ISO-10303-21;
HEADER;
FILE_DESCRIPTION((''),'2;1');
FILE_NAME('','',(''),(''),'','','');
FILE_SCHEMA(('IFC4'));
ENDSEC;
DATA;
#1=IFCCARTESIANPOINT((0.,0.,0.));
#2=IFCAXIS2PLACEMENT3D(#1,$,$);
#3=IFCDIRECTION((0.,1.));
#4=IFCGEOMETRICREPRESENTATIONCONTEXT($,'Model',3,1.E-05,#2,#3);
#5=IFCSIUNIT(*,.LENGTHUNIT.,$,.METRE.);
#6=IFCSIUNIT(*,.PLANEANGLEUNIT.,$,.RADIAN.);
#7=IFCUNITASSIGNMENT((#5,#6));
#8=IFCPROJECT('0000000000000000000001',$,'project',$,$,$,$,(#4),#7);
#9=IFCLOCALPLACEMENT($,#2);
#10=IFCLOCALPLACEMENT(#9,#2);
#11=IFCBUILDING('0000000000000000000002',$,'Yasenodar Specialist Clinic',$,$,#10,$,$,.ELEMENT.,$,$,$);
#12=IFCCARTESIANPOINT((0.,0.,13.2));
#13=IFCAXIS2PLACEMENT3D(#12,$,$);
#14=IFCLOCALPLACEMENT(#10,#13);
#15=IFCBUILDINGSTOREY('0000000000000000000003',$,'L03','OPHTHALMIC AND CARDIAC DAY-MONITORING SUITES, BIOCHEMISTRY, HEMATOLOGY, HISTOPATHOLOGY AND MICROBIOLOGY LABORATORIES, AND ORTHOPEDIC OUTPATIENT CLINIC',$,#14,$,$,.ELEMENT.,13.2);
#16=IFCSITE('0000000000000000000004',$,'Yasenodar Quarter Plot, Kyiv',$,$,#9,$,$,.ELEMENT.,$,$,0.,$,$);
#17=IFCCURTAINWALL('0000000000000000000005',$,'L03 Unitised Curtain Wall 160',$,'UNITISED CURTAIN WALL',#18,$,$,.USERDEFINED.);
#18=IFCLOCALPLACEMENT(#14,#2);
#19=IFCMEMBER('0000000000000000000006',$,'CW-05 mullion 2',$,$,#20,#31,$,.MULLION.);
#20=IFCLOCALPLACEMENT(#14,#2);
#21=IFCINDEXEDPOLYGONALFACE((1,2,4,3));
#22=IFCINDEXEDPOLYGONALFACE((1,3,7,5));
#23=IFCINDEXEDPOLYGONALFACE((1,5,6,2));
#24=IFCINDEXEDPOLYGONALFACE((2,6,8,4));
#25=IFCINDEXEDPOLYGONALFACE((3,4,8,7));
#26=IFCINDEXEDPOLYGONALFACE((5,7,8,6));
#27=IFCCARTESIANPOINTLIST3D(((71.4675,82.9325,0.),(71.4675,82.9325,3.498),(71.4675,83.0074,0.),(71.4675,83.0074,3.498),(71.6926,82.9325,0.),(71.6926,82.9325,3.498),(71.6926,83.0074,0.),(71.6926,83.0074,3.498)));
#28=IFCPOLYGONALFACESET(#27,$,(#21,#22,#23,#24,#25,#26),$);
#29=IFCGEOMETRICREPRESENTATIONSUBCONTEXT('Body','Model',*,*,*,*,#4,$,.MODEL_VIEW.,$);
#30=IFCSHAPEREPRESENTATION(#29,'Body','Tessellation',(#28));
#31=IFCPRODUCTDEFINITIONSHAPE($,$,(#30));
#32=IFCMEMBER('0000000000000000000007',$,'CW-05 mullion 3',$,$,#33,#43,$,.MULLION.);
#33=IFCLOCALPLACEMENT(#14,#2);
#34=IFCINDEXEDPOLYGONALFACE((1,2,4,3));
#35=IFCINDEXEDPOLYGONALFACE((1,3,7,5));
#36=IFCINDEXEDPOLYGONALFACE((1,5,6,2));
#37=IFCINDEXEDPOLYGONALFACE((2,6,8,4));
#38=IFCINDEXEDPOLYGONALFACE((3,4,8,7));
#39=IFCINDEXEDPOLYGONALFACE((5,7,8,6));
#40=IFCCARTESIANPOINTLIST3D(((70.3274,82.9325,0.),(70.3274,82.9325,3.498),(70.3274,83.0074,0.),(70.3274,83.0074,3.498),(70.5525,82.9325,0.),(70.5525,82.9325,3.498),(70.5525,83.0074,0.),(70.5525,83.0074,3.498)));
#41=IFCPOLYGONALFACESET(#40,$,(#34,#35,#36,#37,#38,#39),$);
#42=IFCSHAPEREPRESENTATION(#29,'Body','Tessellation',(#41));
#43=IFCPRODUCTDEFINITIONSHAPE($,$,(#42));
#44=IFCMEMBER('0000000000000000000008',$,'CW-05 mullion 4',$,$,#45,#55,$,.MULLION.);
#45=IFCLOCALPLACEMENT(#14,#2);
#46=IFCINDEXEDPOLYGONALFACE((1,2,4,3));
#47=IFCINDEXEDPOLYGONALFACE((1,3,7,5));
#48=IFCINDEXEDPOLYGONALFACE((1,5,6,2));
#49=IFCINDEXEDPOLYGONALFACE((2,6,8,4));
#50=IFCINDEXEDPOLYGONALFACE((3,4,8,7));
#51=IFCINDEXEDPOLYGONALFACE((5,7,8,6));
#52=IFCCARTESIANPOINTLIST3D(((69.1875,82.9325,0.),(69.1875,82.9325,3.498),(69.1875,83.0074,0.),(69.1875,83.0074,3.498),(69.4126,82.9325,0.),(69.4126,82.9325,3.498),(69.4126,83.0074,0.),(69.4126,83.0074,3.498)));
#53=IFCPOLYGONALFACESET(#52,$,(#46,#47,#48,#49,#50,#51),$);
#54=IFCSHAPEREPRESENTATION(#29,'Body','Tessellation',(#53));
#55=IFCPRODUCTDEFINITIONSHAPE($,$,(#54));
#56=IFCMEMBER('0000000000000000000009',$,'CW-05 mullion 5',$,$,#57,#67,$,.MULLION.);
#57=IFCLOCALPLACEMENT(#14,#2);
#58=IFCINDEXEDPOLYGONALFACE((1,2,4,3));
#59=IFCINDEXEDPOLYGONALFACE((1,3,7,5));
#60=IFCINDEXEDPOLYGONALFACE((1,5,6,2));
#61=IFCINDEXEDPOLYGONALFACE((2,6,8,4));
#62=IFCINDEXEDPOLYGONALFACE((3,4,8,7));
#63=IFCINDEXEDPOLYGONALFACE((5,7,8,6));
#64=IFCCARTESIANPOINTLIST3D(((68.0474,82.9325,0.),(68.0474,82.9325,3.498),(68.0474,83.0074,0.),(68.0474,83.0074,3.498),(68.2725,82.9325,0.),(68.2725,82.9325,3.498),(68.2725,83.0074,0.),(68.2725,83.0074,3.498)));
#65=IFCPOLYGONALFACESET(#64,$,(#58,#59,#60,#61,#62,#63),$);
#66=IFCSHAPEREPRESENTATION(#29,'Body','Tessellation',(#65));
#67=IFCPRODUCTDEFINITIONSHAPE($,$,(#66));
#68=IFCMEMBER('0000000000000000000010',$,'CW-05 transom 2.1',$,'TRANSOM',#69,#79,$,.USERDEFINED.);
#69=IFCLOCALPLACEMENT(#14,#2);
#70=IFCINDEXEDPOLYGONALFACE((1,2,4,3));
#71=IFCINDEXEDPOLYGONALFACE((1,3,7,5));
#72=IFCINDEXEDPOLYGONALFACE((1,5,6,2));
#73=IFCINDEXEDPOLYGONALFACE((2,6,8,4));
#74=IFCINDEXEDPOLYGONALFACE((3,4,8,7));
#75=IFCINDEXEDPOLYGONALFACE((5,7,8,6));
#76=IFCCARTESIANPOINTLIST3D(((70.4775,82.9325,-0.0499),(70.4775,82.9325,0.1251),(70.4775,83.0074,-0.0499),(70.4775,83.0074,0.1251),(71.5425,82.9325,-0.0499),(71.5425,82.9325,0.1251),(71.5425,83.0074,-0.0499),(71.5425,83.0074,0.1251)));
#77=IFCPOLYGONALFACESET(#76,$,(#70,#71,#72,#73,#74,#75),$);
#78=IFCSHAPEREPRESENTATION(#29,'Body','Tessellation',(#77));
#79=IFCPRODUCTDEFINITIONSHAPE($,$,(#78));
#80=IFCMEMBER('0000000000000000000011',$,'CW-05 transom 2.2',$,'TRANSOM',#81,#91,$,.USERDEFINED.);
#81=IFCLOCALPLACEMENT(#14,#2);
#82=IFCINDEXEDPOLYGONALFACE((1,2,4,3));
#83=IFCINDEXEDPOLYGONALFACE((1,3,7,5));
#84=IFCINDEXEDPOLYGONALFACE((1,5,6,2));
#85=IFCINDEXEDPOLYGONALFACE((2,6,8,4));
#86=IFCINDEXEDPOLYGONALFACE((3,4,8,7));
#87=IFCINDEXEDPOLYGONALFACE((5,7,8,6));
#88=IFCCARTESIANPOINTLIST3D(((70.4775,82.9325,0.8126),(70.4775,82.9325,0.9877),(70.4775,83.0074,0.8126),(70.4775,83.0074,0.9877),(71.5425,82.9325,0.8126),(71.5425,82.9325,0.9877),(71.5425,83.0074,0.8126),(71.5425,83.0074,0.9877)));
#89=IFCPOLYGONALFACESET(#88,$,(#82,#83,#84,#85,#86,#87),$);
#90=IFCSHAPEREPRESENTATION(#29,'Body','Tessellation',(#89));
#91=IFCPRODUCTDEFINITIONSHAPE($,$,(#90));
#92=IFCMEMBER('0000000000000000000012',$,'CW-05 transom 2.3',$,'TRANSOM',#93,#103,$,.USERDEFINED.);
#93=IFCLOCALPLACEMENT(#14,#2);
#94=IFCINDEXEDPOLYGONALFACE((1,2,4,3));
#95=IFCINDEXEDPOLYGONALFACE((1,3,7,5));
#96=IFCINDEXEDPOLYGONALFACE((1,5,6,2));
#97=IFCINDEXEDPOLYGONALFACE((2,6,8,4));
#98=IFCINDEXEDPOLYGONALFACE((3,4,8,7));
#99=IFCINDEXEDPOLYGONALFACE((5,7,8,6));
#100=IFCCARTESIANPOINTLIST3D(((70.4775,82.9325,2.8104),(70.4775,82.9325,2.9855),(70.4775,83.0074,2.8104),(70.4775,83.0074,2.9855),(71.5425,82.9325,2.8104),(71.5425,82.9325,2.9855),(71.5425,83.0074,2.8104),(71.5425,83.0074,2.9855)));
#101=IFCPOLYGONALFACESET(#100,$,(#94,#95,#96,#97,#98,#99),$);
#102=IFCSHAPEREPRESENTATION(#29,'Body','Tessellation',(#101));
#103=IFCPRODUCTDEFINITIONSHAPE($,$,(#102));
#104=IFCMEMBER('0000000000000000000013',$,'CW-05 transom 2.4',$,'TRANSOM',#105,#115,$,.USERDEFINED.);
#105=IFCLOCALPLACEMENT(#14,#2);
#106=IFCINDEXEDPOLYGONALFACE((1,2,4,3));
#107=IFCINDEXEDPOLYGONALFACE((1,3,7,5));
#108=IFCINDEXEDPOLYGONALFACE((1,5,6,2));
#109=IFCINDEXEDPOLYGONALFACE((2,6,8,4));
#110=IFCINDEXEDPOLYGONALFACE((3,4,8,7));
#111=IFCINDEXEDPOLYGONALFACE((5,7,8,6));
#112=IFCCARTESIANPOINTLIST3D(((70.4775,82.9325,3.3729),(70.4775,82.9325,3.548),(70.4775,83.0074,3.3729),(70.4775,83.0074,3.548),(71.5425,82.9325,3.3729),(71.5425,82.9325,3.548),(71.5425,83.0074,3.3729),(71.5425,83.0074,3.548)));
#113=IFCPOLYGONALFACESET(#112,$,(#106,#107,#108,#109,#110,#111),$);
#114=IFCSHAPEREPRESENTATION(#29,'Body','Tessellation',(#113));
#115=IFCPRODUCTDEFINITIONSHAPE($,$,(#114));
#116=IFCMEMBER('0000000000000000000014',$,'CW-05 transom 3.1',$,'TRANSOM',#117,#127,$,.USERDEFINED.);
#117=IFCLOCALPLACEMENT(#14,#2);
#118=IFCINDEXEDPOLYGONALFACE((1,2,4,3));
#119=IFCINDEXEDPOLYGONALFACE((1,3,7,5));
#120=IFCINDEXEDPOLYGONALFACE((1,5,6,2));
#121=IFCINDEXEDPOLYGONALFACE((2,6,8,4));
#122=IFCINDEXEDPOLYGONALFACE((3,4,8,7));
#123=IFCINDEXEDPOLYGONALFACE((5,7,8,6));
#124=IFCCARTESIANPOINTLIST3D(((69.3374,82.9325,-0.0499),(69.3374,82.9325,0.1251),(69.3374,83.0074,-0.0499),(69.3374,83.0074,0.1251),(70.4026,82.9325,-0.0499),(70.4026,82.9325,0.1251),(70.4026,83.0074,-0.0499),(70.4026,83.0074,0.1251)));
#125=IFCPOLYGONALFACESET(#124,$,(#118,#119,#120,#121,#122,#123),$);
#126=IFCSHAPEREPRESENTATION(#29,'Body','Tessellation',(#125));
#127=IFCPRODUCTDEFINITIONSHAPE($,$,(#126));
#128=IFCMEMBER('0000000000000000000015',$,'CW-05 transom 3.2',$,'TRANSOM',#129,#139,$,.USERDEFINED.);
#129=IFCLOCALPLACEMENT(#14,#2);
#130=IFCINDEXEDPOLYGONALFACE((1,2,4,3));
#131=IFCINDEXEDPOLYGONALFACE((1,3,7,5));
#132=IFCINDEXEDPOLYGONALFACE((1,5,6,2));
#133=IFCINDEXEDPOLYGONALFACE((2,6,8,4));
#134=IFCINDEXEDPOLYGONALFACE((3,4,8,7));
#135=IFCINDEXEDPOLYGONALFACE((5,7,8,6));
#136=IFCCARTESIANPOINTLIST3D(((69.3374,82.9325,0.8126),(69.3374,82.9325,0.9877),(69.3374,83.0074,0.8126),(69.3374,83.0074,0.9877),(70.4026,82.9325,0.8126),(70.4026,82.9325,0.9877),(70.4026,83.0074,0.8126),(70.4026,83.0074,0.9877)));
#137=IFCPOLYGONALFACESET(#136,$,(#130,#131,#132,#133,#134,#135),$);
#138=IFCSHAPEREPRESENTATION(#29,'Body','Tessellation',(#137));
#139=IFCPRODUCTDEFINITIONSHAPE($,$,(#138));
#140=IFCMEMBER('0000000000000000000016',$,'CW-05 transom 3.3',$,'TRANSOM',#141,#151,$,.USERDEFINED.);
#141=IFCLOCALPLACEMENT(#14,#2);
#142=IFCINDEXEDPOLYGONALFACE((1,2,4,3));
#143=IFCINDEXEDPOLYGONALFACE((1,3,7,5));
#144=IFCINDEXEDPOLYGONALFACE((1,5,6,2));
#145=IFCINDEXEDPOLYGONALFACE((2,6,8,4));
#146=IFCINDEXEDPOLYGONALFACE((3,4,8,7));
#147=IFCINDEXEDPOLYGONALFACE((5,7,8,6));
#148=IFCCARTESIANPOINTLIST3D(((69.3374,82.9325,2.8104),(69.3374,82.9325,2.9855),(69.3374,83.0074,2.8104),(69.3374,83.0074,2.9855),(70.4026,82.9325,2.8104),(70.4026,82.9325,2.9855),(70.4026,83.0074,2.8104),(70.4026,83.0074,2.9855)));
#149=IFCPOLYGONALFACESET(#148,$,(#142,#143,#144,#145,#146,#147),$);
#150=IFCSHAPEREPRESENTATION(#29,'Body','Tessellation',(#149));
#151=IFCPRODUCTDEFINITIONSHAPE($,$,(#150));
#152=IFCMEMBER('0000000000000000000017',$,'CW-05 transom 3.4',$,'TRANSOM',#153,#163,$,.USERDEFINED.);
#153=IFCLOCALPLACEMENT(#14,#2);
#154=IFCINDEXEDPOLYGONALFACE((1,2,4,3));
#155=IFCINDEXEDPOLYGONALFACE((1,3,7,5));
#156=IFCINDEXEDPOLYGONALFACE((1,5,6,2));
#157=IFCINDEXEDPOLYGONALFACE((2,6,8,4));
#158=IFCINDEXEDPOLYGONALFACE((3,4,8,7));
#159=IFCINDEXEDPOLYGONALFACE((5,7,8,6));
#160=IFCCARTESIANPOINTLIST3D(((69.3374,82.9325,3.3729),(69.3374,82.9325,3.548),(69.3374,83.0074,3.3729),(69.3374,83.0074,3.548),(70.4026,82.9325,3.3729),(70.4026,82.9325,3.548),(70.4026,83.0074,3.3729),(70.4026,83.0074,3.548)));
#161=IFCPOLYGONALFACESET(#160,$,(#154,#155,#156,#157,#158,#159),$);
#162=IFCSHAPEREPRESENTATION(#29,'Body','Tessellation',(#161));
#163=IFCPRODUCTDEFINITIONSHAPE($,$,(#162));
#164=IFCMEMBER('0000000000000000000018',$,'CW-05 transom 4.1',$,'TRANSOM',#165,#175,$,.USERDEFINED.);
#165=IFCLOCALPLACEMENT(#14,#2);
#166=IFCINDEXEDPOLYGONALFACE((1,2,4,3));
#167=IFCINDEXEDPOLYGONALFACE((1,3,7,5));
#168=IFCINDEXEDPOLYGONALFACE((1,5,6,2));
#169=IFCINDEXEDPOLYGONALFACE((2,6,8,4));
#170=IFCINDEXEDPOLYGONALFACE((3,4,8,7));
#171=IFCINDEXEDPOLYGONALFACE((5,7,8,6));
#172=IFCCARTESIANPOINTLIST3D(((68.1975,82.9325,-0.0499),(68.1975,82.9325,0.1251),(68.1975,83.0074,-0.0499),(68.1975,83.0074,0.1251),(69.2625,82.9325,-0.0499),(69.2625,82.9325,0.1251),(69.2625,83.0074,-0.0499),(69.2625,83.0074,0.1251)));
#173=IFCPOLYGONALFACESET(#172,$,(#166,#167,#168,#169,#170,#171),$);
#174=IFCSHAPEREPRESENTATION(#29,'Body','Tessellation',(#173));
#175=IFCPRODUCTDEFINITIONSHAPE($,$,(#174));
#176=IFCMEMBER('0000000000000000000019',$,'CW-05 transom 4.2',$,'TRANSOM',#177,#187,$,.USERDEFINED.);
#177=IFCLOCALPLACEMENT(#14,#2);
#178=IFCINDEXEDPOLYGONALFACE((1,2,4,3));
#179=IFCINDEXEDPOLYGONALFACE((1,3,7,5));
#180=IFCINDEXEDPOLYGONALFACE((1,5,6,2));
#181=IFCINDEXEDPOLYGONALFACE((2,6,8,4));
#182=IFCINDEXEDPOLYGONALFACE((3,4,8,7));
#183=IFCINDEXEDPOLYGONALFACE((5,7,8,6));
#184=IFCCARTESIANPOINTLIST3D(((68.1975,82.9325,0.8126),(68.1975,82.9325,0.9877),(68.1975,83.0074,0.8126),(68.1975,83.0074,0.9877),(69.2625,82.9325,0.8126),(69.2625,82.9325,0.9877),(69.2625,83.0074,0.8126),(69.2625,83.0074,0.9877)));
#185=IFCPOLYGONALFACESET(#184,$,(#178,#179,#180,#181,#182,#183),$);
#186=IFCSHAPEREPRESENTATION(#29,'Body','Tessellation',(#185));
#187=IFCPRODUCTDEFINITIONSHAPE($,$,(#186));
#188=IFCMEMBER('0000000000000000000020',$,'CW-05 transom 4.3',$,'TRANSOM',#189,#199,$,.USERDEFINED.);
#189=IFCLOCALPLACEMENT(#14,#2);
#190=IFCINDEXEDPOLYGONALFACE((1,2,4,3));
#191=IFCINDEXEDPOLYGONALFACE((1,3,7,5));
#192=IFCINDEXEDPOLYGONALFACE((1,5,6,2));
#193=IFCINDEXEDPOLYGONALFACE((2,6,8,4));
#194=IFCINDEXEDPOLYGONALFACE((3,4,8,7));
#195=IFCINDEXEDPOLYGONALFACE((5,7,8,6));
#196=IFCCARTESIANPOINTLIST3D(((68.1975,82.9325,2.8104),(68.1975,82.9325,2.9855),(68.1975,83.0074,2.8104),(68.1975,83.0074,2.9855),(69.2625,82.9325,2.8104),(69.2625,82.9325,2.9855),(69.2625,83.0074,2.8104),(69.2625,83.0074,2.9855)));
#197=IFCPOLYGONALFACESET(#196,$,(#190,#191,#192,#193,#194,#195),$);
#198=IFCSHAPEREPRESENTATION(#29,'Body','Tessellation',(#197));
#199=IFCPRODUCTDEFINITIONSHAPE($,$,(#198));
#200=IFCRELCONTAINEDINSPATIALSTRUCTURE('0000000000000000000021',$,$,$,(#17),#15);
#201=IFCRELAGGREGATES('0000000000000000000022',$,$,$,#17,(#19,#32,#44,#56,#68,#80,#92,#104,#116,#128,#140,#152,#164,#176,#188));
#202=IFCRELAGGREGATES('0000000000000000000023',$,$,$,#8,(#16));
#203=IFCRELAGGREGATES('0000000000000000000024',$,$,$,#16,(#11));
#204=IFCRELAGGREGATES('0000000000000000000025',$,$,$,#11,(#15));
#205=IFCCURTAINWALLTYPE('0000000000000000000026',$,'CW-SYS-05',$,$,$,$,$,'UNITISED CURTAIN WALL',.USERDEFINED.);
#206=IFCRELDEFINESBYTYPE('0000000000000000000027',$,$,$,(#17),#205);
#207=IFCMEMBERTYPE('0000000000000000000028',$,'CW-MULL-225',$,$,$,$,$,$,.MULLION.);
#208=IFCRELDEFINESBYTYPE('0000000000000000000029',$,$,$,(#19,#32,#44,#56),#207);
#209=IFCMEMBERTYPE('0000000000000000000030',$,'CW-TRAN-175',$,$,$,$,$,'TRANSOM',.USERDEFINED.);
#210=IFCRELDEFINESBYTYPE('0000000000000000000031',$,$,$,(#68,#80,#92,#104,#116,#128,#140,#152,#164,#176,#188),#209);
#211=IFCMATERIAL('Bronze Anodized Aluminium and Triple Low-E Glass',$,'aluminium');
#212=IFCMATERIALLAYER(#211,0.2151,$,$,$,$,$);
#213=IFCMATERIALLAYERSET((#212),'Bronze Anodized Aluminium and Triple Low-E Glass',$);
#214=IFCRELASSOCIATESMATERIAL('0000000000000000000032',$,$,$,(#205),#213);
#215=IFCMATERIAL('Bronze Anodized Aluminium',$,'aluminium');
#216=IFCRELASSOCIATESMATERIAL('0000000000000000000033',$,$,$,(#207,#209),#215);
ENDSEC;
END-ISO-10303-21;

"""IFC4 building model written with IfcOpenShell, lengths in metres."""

from ifc_helpers import new_model, si_unit, direction, frame, origin, origin_2d, place, context, subcontext, project, spatial, rectangle, extrude, material, layer, layer_set, material_profile, profile_set, type_object, element, aggregate, save


model = new_model("IFC4")

# Units and contexts
model_context = context("Model", 3, precision=1e-05, world=origin(), true_north=direction((0.0, 1.0)))
body_context = subcontext(model_context, "Body", "Model", "MODEL_VIEW")
ifc_project = project(units=[si_unit("LENGTHUNIT", "METRE"), si_unit("PLANEANGLEUNIT", "RADIAN")], contexts=[model_context])

# Site, building, storey
site_placement = place(None, origin())
site = spatial("IfcSite", under=ifc_project, at=site_placement, Name="Yasenodar Quarter Plot, Kyiv", CompositionType="ELEMENT", RefElevation=0.0)
building_placement = place(site_placement, origin())
building = spatial("IfcBuilding", under=site, at=building_placement, Name="Yasenodar Specialist Clinic", CompositionType="ELEMENT")
storey_placement = place(building_placement, frame((0.0, 0.0, 13.2)))
storey = spatial("IfcBuildingStorey", under=building, at=storey_placement, Name="L03", Description="OPHTHALMIC AND CARDIAC DAY-MONITORING SUITES, BIOCHEMISTRY, HEMATOLOGY, HISTOPATHOLOGY AND MICROBIOLOGY LABORATORIES, AND ORTHOPEDIC OUTPATIENT CLINIC", CompositionType="ELEMENT", Elevation=13.2)

# Curtain wall, members
ifc_material_1 = material(Name="Bronze Anodized Aluminium and Triple Low-E Glass", Category="aluminium")
ifc_layer_1 = layer(ifc_material_1, 0.2151)
ifc_layer_set_1 = layer_set([ifc_layer_1], Name="Bronze Anodized Aluminium and Triple Low-E Glass")
curtain_wall_type = type_object("IfcCurtainWallType", Name="CW-SYS-05", ElementType="UNITISED CURTAIN WALL", PredefinedType="USERDEFINED", material=ifc_layer_set_1)
curtain_wall_placement = place(storey_placement, origin())
curtain_wall = element("IfcCurtainWall", 1, at=curtain_wall_placement, inside=storey, type_object=curtain_wall_type, Name="L03 Unitised Curtain Wall 160", ObjectType="UNITISED CURTAIN WALL", PredefinedType="USERDEFINED")
ifc_material_2 = material(Name="Bronze Anodized Aluminium", Category="aluminium")
ifc_material_profile_1 = material_profile(ifc_material_2, rectangle(XDim=0.075, YDim=0.2251, at=origin_2d()), Name="CW-MULL 75x225")
ifc_profile_set_1 = profile_set([ifc_material_profile_1], Name="Bronze Anodized Aluminium")
member_type_1 = type_object("IfcMemberType", Name="CW-MULL-225", PredefinedType="MULLION", material=ifc_profile_set_1)
member_1_placement = place(storey_placement, frame((71.5801, 82.97, 0.0), z_axis=(0.0, 0.0, 1.0), x_axis=(0.0, -1.0, 0.0)))
member_1 = element("IfcMember", 2, at=member_1_placement, type_object=member_type_1, Name="CW-05 mullion 2", PredefinedType="MULLION", context=body_context, shape_type="SweptSolid", body=[
    extrude(rectangle(XDim=0.075, YDim=0.2251, at=origin_2d()), origin(), (0.0, 0.0, 1.0), 3.498),
])
member_2_placement = place(storey_placement, frame((70.4399, 82.97, 0.0), z_axis=(0.0, 0.0, 1.0), x_axis=(0.0, -1.0, 0.0)))
member_2 = element("IfcMember", 3, at=member_2_placement, type_object=member_type_1, Name="CW-05 mullion 3", PredefinedType="MULLION", context=body_context, shape_type="SweptSolid", body=[
    extrude(rectangle(XDim=0.075, YDim=0.2251, at=origin_2d()), origin(), (0.0, 0.0, 1.0), 3.498),
])
member_3_placement = place(storey_placement, frame((69.3, 82.97, 0.0), z_axis=(0.0, 0.0, 1.0), x_axis=(0.0, -1.0, 0.0)))
member_3 = element("IfcMember", 4, at=member_3_placement, type_object=member_type_1, Name="CW-05 mullion 4", PredefinedType="MULLION", context=body_context, shape_type="SweptSolid", body=[
    extrude(rectangle(XDim=0.075, YDim=0.2251, at=origin_2d()), origin(), (0.0, 0.0, 1.0), 3.498),
])
member_4_placement = place(storey_placement, frame((68.1599, 82.97, 0.0), z_axis=(0.0, 0.0, 1.0), x_axis=(0.0, -1.0, 0.0)))
member_4 = element("IfcMember", 5, at=member_4_placement, type_object=member_type_1, Name="CW-05 mullion 5", PredefinedType="MULLION", context=body_context, shape_type="SweptSolid", body=[
    extrude(rectangle(XDim=0.075, YDim=0.2251, at=origin_2d()), origin(), (0.0, 0.0, 1.0), 3.498),
])
ifc_material_profile_2 = material_profile(ifc_material_2, rectangle(XDim=0.075, YDim=0.175, at=origin_2d()), Name="CW-TRAN 75x175")
ifc_profile_set_2 = profile_set([ifc_material_profile_2], Name="Bronze Anodized Aluminium")
member_type_2 = type_object("IfcMemberType", Name="CW-TRAN-175", ElementType="TRANSOM", PredefinedType="USERDEFINED", material=ifc_profile_set_2)
member_5_placement = place(storey_placement, frame((71.5425, 82.97, 0.0376), z_axis=(-1.0, 0.0, 0.0), x_axis=(0.0, -1.0, 0.0)))
member_5 = element("IfcMember", 6, at=member_5_placement, type_object=member_type_2, Name="CW-05 transom 2.1", ObjectType="TRANSOM", PredefinedType="USERDEFINED", context=body_context, shape_type="SweptSolid", body=[
    extrude(rectangle(XDim=0.075, YDim=0.175, at=origin_2d()), origin(), (0.0, 0.0, 1.0), 1.0649),
])
member_6_placement = place(storey_placement, frame((71.5425, 82.97, 0.9001), z_axis=(-1.0, 0.0, 0.0), x_axis=(0.0, -1.0, 0.0)))
member_6 = element("IfcMember", 7, at=member_6_placement, type_object=member_type_2, Name="CW-05 transom 2.2", ObjectType="TRANSOM", PredefinedType="USERDEFINED", context=body_context, shape_type="SweptSolid", body=[
    extrude(rectangle(XDim=0.075, YDim=0.175, at=origin_2d()), origin(), (0.0, 0.0, 1.0), 1.0649),
])
member_7_placement = place(storey_placement, frame((71.5425, 82.97, 2.8979), z_axis=(-1.0, 0.0, 0.0), x_axis=(0.0, -1.0, 0.0)))
member_7 = element("IfcMember", 8, at=member_7_placement, type_object=member_type_2, Name="CW-05 transom 2.3", ObjectType="TRANSOM", PredefinedType="USERDEFINED", context=body_context, shape_type="SweptSolid", body=[
    extrude(rectangle(XDim=0.075, YDim=0.175, at=origin_2d()), origin(), (0.0, 0.0, 1.0), 1.0649),
])
member_8_placement = place(storey_placement, frame((71.5425, 82.97, 3.4604), z_axis=(-1.0, 0.0, 0.0), x_axis=(0.0, -1.0, 0.0)))
member_8 = element("IfcMember", 9, at=member_8_placement, type_object=member_type_2, Name="CW-05 transom 2.4", ObjectType="TRANSOM", PredefinedType="USERDEFINED", context=body_context, shape_type="SweptSolid", body=[
    extrude(rectangle(XDim=0.075, YDim=0.175, at=origin_2d()), origin(), (0.0, 0.0, 1.0), 1.0649),
])
member_9_placement = place(storey_placement, frame((70.4026, 82.97, 0.0376), z_axis=(-1.0, 0.0, 0.0), x_axis=(0.0, -1.0, 0.0)))
member_9 = element("IfcMember", 10, at=member_9_placement, type_object=member_type_2, Name="CW-05 transom 3.1", ObjectType="TRANSOM", PredefinedType="USERDEFINED", context=body_context, shape_type="SweptSolid", body=[
    extrude(rectangle(XDim=0.075, YDim=0.175, at=origin_2d()), origin(), (0.0, 0.0, 1.0), 1.0652),
])
member_10_placement = place(storey_placement, frame((70.4026, 82.97, 0.9001), z_axis=(-1.0, 0.0, 0.0), x_axis=(0.0, -1.0, 0.0)))
member_10 = element("IfcMember", 11, at=member_10_placement, type_object=member_type_2, Name="CW-05 transom 3.2", ObjectType="TRANSOM", PredefinedType="USERDEFINED", context=body_context, shape_type="SweptSolid", body=[
    extrude(rectangle(XDim=0.075, YDim=0.175, at=origin_2d()), origin(), (0.0, 0.0, 1.0), 1.0652),
])
member_11_placement = place(storey_placement, frame((70.4026, 82.97, 2.8979), z_axis=(-1.0, 0.0, 0.0), x_axis=(0.0, -1.0, 0.0)))
member_11 = element("IfcMember", 12, at=member_11_placement, type_object=member_type_2, Name="CW-05 transom 3.3", ObjectType="TRANSOM", PredefinedType="USERDEFINED", context=body_context, shape_type="SweptSolid", body=[
    extrude(rectangle(XDim=0.075, YDim=0.175, at=origin_2d()), origin(), (0.0, 0.0, 1.0), 1.0652),
])
member_12_placement = place(storey_placement, frame((70.4026, 82.97, 3.4604), z_axis=(-1.0, 0.0, 0.0), x_axis=(0.0, -1.0, 0.0)))
member_12 = element("IfcMember", 13, at=member_12_placement, type_object=member_type_2, Name="CW-05 transom 3.4", ObjectType="TRANSOM", PredefinedType="USERDEFINED", context=body_context, shape_type="SweptSolid", body=[
    extrude(rectangle(XDim=0.075, YDim=0.175, at=origin_2d()), origin(), (0.0, 0.0, 1.0), 1.0652),
])
member_13_placement = place(storey_placement, frame((69.2625, 82.97, 0.0376), z_axis=(-1.0, 0.0, 0.0), x_axis=(0.0, -1.0, 0.0)))
member_13 = element("IfcMember", 14, at=member_13_placement, type_object=member_type_2, Name="CW-05 transom 4.1", ObjectType="TRANSOM", PredefinedType="USERDEFINED", context=body_context, shape_type="SweptSolid", body=[
    extrude(rectangle(XDim=0.075, YDim=0.175, at=origin_2d()), origin(), (0.0, 0.0, 1.0), 1.0649),
])
member_14_placement = place(storey_placement, frame((69.2625, 82.97, 0.9001), z_axis=(-1.0, 0.0, 0.0), x_axis=(0.0, -1.0, 0.0)))
member_14 = element("IfcMember", 15, at=member_14_placement, type_object=member_type_2, Name="CW-05 transom 4.2", ObjectType="TRANSOM", PredefinedType="USERDEFINED", context=body_context, shape_type="SweptSolid", body=[
    extrude(rectangle(XDim=0.075, YDim=0.175, at=origin_2d()), origin(), (0.0, 0.0, 1.0), 1.0649),
])
member_15_placement = place(storey_placement, frame((69.2625, 82.97, 2.8979), z_axis=(-1.0, 0.0, 0.0), x_axis=(0.0, -1.0, 0.0)))
member_15 = element("IfcMember", 16, at=member_15_placement, type_object=member_type_2, Name="CW-05 transom 4.3", ObjectType="TRANSOM", PredefinedType="USERDEFINED", context=body_context, shape_type="SweptSolid", body=[
    extrude(rectangle(XDim=0.075, YDim=0.175, at=origin_2d()), origin(), (0.0, 0.0, 1.0), 1.0649),
])
aggregate(curtain_wall, [member_1, member_2, member_3, member_4, member_5, member_6, member_7, member_8, member_9, member_10, member_11, member_12, member_13, member_14, member_15])

save(model, "model.ifc")
